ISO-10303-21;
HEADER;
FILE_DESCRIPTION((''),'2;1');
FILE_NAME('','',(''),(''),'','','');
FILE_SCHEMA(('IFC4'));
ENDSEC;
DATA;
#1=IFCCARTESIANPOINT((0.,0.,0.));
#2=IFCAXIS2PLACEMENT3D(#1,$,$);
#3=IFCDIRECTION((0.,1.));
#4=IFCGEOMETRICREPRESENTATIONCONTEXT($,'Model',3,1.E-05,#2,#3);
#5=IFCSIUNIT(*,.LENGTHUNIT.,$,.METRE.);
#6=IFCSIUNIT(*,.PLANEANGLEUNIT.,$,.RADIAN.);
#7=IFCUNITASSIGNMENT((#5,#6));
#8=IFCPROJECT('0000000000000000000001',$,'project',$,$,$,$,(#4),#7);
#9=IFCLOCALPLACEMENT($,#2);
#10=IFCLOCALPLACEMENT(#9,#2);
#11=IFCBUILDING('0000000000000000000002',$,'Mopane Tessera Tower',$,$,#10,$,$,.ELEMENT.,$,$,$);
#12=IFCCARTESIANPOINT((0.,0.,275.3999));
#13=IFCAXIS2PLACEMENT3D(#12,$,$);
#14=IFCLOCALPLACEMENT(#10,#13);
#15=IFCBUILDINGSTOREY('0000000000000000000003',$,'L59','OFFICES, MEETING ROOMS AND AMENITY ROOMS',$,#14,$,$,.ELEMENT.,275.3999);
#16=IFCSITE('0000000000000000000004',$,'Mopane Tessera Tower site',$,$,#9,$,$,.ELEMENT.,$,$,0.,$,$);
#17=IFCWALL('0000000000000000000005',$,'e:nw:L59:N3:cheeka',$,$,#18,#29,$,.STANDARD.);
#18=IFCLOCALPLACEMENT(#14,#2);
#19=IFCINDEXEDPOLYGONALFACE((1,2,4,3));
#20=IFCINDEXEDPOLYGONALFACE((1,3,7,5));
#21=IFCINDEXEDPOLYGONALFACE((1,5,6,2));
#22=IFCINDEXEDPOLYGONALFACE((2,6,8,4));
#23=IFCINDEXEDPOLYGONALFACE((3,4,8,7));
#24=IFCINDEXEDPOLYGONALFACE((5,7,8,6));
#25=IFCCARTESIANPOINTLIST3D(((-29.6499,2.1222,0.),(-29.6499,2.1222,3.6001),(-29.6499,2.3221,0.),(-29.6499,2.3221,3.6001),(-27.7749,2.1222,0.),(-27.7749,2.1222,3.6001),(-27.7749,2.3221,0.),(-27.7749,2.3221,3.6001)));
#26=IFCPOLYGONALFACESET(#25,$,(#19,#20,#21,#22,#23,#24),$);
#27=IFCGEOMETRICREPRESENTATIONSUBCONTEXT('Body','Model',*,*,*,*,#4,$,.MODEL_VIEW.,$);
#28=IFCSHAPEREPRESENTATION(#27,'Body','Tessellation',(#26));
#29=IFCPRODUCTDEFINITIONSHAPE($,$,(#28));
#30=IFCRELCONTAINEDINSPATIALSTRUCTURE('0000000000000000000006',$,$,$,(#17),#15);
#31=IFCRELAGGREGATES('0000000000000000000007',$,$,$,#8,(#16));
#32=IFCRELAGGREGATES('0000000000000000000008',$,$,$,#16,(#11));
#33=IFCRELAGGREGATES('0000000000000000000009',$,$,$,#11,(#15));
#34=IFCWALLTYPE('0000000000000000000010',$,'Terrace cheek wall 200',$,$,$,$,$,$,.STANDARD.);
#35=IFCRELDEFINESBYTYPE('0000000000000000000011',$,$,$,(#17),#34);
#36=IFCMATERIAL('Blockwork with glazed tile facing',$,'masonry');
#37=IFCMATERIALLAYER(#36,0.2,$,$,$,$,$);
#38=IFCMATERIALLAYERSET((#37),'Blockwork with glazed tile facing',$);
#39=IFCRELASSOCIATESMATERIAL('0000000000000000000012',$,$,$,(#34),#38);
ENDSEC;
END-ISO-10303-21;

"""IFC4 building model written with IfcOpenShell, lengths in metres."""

from ifc_helpers import new_model, si_unit, direction, frame, frame_2d, origin, place, context, subcontext, project, spatial, rectangle, extrude, material, layer, layer_set, type_object, element, save


model = new_model("IFC4")

# Units and contexts
model_context = context("Model", 3, precision=1e-05, world=origin(), true_north=direction((0.0, 1.0)))
body_context = subcontext(model_context, "Body", "Model", "MODEL_VIEW")
ifc_project = project(units=[si_unit("LENGTHUNIT", "METRE"), si_unit("PLANEANGLEUNIT", "RADIAN")], contexts=[model_context])

# Site, building, storey
site_placement = place(None, origin())
site = spatial("IfcSite", under=ifc_project, at=site_placement, Name="Mopane Tessera Tower site", CompositionType="ELEMENT", RefElevation=0.0)
building_placement = place(site_placement, origin())
building = spatial("IfcBuilding", under=site, at=building_placement, Name="Mopane Tessera Tower", CompositionType="ELEMENT")
storey_placement = place(building_placement, frame((0.0, 0.0, 275.3999)))
storey = spatial("IfcBuildingStorey", under=building, at=storey_placement, Name="L59", Description="OFFICES, MEETING ROOMS AND AMENITY ROOMS", CompositionType="ELEMENT", Elevation=275.3999)

# Wall
ifc_material_1 = material(Name="Blockwork with glazed tile facing", Category="masonry")
ifc_layer_1 = layer(ifc_material_1, 0.2)
ifc_layer_set_1 = layer_set([ifc_layer_1], Name="Blockwork with glazed tile facing")
wall_type_1 = type_object("IfcWallType", Name="Terrace cheek wall 200", PredefinedType="STANDARD", material=ifc_layer_set_1)
wall_1_placement = place(storey_placement, frame((-29.6499, 2.2222, 0.0), z_axis=(0.0, 0.0, 1.0), x_axis=(1.0, 0.0, 0.0)))
element("IfcWall", 1, at=wall_1_placement, inside=storey, type_object=wall_type_1, Name="e:nw:L59:N3:cheeka", PredefinedType="STANDARD", context=body_context, shape_type="SweptSolid", body=[
    extrude(rectangle(XDim=1.875, YDim=0.2, at=frame_2d((0.9375, 0.0))), origin(), (0.0, 0.0, 1.0), 3.6001),
])

save(model, "model.ifc")
